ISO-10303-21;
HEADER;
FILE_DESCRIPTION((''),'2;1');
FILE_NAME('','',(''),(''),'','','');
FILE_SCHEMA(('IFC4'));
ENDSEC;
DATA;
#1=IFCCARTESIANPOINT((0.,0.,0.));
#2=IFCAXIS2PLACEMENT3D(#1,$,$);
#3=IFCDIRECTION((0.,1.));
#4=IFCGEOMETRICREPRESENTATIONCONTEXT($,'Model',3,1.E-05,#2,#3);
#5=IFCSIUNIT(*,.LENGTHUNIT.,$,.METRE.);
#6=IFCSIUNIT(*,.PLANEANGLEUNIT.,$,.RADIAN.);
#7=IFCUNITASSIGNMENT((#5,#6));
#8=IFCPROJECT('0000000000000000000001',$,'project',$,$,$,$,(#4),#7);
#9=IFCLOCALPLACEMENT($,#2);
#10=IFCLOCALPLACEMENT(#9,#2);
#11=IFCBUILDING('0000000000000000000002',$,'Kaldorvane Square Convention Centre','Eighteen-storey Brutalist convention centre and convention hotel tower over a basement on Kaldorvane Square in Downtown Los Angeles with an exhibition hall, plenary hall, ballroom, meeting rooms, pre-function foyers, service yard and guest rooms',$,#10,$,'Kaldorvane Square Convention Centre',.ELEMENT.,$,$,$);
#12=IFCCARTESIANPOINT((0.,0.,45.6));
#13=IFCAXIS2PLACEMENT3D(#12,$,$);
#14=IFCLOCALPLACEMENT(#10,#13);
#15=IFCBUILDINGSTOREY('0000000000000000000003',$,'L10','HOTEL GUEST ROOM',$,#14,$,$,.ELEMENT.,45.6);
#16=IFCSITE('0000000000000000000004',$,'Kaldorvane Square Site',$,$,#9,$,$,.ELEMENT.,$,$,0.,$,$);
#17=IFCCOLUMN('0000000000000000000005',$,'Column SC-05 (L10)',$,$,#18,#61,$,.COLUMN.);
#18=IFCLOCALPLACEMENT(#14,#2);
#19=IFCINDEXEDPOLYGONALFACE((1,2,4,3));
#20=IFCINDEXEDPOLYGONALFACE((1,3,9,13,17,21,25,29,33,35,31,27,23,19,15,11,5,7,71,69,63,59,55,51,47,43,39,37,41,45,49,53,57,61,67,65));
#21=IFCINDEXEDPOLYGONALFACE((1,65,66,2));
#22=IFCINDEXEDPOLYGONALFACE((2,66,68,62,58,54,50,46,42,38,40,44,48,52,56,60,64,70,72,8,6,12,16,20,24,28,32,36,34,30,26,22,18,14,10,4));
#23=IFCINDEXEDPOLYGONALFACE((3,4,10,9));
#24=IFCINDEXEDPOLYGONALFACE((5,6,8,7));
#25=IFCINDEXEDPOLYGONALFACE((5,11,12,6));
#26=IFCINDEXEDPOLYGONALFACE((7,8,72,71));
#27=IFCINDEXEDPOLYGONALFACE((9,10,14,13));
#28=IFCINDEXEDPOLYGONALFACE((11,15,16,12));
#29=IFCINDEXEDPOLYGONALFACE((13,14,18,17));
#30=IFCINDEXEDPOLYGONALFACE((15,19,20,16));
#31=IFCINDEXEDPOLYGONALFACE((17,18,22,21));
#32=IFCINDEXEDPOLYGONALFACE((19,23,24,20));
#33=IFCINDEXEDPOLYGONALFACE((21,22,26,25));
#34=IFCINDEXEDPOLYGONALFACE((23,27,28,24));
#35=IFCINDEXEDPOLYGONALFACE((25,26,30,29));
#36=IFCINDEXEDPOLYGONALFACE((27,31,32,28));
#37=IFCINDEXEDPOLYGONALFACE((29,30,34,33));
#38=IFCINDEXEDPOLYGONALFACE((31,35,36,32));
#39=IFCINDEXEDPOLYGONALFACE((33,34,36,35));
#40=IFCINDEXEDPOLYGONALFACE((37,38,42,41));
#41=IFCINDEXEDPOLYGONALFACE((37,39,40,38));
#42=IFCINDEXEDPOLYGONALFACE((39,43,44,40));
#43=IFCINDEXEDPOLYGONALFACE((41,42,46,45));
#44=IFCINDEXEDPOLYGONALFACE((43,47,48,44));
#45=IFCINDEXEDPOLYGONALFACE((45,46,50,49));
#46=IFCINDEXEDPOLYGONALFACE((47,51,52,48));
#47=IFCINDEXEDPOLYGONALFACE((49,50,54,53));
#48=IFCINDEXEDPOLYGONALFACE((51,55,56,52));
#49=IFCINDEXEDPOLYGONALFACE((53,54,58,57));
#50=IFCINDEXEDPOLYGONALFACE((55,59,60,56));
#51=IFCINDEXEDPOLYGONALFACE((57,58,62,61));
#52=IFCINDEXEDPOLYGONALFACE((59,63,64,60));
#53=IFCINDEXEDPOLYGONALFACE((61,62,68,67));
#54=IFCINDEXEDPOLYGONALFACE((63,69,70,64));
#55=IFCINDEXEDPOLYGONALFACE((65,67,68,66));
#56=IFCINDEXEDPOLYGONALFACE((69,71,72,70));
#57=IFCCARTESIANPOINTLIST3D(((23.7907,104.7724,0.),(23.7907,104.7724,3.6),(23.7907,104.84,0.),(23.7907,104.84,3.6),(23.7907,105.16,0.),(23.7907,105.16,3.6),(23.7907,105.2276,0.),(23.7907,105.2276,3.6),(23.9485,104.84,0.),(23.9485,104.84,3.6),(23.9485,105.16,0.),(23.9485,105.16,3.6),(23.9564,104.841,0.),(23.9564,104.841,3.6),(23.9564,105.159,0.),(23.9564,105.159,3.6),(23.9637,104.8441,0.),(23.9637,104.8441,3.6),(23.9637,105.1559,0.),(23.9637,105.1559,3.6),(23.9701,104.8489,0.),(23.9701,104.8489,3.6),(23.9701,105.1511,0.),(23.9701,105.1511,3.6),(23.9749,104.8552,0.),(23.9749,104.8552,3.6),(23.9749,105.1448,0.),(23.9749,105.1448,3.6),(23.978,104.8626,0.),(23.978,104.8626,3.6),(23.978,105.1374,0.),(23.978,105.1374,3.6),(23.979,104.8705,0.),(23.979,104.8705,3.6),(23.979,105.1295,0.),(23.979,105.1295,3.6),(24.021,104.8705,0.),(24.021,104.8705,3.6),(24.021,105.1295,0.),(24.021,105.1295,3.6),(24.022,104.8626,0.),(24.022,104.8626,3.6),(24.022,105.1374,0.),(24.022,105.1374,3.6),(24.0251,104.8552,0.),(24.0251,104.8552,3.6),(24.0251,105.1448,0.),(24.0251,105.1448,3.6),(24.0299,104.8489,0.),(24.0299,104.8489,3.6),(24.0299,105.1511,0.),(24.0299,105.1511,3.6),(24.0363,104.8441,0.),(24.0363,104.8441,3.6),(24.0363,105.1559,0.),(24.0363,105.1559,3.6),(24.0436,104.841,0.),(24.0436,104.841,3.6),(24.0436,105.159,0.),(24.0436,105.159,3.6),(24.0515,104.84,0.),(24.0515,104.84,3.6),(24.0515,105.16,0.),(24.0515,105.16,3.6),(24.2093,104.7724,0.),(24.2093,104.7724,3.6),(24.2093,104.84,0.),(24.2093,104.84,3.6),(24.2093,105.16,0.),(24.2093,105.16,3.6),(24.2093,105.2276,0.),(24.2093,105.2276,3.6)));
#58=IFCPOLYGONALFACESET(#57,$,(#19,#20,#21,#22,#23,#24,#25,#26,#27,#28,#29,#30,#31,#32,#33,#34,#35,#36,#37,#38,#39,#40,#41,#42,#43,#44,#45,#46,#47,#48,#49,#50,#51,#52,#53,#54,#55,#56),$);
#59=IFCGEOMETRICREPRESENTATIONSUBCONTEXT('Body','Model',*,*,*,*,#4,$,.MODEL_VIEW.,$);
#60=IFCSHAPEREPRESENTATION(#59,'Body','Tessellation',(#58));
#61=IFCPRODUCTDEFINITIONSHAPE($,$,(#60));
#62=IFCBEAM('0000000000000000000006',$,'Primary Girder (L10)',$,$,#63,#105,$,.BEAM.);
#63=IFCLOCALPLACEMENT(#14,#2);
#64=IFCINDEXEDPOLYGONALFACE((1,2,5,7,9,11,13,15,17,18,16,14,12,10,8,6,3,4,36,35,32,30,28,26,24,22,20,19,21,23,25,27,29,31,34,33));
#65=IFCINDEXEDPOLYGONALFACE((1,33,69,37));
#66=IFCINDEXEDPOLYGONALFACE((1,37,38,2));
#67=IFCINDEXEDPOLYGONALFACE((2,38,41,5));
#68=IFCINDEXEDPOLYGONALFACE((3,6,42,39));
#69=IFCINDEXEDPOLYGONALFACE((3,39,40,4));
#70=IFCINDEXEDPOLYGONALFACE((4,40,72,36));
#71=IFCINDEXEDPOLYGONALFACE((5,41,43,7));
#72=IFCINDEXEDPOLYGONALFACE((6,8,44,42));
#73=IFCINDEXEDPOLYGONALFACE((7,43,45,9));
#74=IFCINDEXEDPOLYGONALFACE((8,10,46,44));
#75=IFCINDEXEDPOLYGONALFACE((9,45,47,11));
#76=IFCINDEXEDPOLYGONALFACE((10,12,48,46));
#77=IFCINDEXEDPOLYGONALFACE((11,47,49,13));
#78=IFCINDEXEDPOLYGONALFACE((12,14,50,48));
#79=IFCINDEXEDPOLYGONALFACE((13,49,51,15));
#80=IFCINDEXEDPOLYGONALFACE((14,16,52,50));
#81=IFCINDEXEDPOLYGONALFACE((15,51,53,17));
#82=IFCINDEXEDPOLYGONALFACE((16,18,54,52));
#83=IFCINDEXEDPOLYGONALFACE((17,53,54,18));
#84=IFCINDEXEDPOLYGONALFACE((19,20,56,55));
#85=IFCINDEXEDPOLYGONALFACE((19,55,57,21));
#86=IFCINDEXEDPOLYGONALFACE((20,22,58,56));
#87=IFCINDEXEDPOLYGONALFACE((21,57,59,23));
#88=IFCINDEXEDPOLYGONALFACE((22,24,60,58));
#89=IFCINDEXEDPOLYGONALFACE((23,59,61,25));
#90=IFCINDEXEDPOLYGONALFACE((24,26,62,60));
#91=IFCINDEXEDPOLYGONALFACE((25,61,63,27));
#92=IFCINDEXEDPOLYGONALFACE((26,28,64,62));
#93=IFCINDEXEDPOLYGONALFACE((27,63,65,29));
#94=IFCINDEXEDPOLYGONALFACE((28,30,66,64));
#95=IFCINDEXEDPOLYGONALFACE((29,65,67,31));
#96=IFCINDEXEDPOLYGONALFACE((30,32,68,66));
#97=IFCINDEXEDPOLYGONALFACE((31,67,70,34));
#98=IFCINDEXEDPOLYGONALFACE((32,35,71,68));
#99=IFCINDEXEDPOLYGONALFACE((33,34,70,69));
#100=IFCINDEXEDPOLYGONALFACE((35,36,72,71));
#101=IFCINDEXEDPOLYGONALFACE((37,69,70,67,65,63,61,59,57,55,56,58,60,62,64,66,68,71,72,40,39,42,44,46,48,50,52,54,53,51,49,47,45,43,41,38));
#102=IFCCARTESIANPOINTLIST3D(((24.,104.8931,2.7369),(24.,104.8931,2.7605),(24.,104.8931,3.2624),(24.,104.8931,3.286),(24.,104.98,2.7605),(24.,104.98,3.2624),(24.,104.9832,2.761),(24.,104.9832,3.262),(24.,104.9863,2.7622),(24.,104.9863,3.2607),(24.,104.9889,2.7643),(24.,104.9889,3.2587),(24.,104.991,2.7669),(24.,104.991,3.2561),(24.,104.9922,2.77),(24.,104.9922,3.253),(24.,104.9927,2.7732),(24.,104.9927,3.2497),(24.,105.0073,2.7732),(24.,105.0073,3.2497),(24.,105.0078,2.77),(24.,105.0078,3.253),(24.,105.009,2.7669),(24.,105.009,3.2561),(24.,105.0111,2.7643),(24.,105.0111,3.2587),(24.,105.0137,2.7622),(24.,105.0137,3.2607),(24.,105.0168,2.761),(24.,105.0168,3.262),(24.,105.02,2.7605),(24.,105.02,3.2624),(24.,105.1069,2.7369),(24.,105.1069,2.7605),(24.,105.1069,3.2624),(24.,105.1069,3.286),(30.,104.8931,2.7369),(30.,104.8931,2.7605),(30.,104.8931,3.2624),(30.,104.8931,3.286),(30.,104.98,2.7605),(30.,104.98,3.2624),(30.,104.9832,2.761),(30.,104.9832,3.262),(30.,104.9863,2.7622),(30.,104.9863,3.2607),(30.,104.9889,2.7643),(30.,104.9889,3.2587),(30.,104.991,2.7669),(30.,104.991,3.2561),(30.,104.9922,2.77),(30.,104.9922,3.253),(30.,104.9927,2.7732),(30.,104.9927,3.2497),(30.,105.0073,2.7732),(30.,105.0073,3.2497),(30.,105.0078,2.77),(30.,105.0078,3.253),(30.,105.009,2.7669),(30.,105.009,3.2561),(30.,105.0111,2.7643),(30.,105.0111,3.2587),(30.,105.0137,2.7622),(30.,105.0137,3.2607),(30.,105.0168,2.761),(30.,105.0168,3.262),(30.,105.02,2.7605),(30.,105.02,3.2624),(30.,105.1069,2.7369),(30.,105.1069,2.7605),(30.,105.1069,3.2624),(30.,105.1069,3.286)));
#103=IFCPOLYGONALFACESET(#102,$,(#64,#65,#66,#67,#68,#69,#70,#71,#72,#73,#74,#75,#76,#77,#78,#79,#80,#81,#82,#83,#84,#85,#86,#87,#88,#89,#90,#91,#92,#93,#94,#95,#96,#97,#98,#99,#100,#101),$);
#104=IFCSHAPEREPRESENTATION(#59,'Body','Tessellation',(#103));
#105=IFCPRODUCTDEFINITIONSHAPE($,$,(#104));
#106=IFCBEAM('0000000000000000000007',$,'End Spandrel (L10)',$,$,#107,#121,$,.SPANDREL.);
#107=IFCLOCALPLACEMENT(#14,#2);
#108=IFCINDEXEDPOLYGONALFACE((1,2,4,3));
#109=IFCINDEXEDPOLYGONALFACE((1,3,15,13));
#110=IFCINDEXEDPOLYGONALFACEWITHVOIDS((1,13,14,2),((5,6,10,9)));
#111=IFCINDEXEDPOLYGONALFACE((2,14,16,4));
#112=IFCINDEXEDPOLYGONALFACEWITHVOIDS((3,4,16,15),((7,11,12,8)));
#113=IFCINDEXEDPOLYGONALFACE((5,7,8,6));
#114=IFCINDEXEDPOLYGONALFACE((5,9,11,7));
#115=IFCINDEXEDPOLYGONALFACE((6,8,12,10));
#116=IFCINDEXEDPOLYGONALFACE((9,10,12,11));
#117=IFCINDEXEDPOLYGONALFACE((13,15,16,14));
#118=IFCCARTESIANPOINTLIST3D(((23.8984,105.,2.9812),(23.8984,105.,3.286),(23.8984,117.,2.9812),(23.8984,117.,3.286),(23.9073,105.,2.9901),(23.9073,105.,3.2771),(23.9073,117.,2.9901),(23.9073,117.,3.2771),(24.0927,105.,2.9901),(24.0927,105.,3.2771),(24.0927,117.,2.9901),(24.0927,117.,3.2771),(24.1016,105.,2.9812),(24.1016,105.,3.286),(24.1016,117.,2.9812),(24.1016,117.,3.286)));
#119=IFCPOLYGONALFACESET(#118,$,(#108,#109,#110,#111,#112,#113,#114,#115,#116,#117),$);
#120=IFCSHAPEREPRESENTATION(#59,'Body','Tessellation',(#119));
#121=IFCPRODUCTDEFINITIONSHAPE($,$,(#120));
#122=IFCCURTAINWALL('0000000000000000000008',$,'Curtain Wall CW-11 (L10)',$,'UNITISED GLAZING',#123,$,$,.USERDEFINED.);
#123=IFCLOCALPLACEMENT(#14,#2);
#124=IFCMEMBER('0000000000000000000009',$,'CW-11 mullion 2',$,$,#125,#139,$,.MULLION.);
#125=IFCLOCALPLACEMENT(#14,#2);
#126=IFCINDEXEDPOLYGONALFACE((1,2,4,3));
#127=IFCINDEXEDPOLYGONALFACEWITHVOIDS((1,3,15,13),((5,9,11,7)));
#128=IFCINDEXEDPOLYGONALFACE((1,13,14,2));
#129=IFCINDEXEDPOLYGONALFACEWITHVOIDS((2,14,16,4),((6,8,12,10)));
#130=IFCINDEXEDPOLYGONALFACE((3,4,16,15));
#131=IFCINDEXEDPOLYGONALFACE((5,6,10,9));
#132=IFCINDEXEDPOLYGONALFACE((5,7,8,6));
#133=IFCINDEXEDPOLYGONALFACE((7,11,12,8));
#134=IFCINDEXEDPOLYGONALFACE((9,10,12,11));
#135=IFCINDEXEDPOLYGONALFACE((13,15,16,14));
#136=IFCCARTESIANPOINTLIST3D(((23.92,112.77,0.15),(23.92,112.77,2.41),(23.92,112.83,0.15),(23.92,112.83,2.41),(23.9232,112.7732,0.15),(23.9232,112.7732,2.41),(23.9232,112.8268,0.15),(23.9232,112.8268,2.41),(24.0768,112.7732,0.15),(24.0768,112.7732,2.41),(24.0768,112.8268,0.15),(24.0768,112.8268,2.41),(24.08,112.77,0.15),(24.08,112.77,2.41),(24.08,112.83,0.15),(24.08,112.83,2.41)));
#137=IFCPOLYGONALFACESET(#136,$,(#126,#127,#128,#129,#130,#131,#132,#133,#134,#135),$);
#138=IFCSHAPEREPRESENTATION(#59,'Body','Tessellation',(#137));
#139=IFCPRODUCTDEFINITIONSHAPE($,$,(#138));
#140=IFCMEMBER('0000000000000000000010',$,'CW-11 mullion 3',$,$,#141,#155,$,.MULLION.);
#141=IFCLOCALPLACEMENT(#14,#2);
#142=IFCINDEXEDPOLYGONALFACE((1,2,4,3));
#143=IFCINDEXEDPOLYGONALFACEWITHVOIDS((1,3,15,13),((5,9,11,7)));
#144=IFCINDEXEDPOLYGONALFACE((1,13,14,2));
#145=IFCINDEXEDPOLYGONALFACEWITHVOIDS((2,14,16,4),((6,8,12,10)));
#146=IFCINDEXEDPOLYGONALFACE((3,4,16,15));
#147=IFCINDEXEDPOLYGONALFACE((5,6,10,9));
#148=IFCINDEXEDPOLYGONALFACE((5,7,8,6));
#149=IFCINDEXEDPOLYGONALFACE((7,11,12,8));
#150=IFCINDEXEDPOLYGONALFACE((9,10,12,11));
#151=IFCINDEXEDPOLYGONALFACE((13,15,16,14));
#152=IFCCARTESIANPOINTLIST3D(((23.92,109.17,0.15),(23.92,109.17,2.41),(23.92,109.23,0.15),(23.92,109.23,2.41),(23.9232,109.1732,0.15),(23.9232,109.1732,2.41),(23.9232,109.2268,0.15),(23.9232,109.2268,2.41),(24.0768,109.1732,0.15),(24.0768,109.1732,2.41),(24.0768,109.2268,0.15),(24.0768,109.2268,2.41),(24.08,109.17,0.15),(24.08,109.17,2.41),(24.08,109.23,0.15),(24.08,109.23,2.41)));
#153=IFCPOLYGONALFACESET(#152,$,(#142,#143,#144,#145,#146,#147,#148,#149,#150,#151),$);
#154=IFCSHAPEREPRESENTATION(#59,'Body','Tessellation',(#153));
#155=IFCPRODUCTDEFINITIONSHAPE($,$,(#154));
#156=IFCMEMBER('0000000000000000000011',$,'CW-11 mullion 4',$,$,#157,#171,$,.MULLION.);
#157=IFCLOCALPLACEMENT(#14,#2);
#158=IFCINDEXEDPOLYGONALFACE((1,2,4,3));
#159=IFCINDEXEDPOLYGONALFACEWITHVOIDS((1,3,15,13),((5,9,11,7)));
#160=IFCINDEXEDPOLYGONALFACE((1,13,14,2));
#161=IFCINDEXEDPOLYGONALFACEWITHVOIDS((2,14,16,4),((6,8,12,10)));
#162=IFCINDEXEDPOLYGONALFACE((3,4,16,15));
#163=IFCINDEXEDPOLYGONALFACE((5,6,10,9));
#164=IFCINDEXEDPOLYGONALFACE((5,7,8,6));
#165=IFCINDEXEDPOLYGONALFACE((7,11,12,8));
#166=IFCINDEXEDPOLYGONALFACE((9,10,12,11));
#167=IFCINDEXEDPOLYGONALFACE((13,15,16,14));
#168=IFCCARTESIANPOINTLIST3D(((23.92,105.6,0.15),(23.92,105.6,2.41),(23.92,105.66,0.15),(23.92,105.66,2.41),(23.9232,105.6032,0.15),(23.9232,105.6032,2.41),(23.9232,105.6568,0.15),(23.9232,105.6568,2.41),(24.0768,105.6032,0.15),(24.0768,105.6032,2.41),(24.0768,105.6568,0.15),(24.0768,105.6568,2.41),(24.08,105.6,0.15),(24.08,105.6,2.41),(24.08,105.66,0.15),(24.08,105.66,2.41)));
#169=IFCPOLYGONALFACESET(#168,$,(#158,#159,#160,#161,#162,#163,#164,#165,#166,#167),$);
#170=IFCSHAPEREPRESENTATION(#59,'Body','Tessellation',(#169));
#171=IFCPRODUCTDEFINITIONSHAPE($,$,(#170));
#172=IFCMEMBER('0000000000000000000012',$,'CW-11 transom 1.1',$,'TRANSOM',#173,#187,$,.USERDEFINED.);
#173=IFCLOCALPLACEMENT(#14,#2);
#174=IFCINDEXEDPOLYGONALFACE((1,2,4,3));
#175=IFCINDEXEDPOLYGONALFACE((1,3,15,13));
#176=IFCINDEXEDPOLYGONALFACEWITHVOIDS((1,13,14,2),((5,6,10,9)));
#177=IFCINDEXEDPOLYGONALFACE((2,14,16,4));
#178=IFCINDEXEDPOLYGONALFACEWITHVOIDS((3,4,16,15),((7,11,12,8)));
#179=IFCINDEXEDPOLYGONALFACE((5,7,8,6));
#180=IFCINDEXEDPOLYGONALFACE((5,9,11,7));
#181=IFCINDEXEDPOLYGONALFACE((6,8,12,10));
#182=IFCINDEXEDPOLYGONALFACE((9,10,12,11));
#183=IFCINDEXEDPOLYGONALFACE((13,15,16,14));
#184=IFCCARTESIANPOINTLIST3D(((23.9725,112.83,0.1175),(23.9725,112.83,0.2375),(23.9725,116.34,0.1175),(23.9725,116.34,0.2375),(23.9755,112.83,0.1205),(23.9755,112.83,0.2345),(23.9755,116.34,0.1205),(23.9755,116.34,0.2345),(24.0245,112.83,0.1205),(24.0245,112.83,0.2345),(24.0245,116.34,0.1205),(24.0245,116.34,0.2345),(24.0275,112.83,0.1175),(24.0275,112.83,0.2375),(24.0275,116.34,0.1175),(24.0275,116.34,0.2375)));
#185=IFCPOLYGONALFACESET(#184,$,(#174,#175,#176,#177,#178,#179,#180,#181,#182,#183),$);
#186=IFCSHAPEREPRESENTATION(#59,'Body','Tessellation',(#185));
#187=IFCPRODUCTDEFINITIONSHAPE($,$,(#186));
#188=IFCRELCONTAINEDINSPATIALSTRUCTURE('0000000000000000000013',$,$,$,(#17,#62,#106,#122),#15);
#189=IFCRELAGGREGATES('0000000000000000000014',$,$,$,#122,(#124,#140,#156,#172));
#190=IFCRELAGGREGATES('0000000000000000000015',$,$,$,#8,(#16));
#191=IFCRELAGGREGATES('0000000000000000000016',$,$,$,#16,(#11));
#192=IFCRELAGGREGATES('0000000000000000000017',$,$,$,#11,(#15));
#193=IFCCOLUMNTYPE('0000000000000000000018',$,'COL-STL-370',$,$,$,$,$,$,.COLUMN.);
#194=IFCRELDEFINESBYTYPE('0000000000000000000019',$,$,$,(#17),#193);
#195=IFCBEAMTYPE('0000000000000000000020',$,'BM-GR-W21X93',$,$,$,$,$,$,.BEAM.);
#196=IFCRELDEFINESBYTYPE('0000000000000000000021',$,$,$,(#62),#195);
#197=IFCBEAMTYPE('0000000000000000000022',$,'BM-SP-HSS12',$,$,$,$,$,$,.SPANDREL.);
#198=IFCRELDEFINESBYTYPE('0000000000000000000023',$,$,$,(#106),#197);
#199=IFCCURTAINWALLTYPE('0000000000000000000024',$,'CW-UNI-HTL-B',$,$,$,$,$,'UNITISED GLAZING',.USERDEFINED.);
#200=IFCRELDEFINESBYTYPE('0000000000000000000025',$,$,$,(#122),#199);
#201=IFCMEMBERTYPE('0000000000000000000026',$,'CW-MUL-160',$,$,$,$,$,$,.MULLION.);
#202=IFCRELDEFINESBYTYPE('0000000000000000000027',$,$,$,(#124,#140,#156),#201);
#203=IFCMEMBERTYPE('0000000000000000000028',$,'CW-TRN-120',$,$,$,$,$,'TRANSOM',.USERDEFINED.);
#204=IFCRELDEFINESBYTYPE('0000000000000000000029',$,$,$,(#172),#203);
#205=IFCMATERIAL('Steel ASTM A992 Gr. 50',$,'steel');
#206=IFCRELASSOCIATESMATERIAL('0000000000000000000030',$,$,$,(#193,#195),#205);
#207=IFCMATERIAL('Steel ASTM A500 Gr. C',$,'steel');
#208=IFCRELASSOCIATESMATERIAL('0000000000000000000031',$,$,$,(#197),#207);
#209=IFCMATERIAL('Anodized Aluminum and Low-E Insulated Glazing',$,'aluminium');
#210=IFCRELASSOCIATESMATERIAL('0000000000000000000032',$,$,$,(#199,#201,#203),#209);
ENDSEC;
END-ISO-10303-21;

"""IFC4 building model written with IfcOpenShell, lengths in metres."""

from ifc_helpers import new_model, si_unit, direction, frame, origin, origin_2d, place, context, subcontext, project, spatial, hollow_rectangle, i_section, extrude, material, material_profile, profile_set, type_object, element, aggregate, save


model = new_model("IFC4")

# Units and contexts
model_context = context("Model", 3, precision=1e-05, world=origin(), true_north=direction((0.0, 1.0)))
body_context = subcontext(model_context, "Body", "Model", "MODEL_VIEW")
ifc_project = project(units=[si_unit("LENGTHUNIT", "METRE"), si_unit("PLANEANGLEUNIT", "RADIAN")], contexts=[model_context])

# Site, building, storey
site_placement = place(None, origin())
site = spatial("IfcSite", under=ifc_project, at=site_placement, Name="Kaldorvane Square Site", CompositionType="ELEMENT", RefElevation=0.0)
building_placement = place(site_placement, origin())
building = spatial("IfcBuilding", under=site, at=building_placement, Name="Kaldorvane Square Convention Centre", Description="Eighteen-storey Brutalist convention centre and convention hotel tower over a basement on Kaldorvane Square in Downtown Los Angeles with an exhibition hall, plenary hall, ballroom, meeting rooms, pre-function foyers, service yard and guest rooms", LongName="Kaldorvane Square Convention Centre", CompositionType="ELEMENT")
storey_placement = place(building_placement, frame((0.0, 0.0, 45.6)))
storey = spatial("IfcBuildingStorey", under=building, at=storey_placement, Name="L10", Description="HOTEL GUEST ROOM", CompositionType="ELEMENT", Elevation=45.6)

# Column
ifc_material_1 = material(Name="Steel ASTM A992 Gr. 50", Category="steel")
ifc_material_profile_1 = material_profile(ifc_material_1, i_section(OverallWidth=0.4185, OverallDepth=0.4552, WebThickness=0.042, FlangeThickness=0.0676, FilletRadius=0.0305, at=origin_2d()), Name="W14X370")
ifc_profile_set_1 = profile_set([ifc_material_profile_1], Name="Steel ASTM A992 Gr. 50")
column_type = type_object("IfcColumnType", Name="COL-STL-370", PredefinedType="COLUMN", material=ifc_profile_set_1)
column_placement = place(storey_placement, frame((24.0, 105.0, 0.0), z_axis=(0.0, 0.0, 1.0), x_axis=(1.0, 0.0, 0.0)))
element("IfcColumn", 1, at=column_placement, inside=storey, type_object=column_type, Name="Column SC-05 (L10)", PredefinedType="COLUMN", context=body_context, shape_type="SweptSolid", body=[
    extrude(i_section(OverallWidth=0.4185, OverallDepth=0.4552, WebThickness=0.042, FlangeThickness=0.0676, FilletRadius=0.0305, at=origin_2d()), origin(), (0.0, 0.0, 1.0), 3.6),
])

# Beams
ifc_material_profile_2 = material_profile(ifc_material_1, i_section(OverallWidth=0.2139, OverallDepth=0.5491, WebThickness=0.0147, FlangeThickness=0.0236, FilletRadius=0.0127, at=origin_2d()), Name="W21X93")
ifc_profile_set_2 = profile_set([ifc_material_profile_2], Name="Steel ASTM A992 Gr. 50")
beam_type_1 = type_object("IfcBeamType", Name="BM-GR-W21X93", PredefinedType="BEAM", material=ifc_profile_set_2)
beam_1_placement = place(storey_placement, frame((24.0, 105.0, 3.0115), z_axis=(1.0, 0.0, 0.0), x_axis=(0.0, 1.0, 0.0)))
element("IfcBeam", 2, at=beam_1_placement, inside=storey, type_object=beam_type_1, Name="Primary Girder (L10)", PredefinedType="BEAM", context=body_context, shape_type="SweptSolid", body=[
    extrude(i_section(OverallWidth=0.2139, OverallDepth=0.5491, WebThickness=0.0147, FlangeThickness=0.0236, FilletRadius=0.0127, at=origin_2d()), origin(), (0.0, 0.0, 1.0), 6.0),
])
ifc_material_2 = material(Name="Steel ASTM A500 Gr. C", Category="steel")
ifc_material_profile_3 = material_profile(ifc_material_2, hollow_rectangle(XDim=0.2032, YDim=0.3048, WallThickness=0.0089, at=origin_2d()), Name="HSS12X8X3/8")
ifc_profile_set_3 = profile_set([ifc_material_profile_3], Name="Steel ASTM A500 Gr. C")
beam_type_2 = type_object("IfcBeamType", Name="BM-SP-HSS12", PredefinedType="SPANDREL", material=ifc_profile_set_3)
beam_2_placement = place(storey_placement, frame((24.0, 105.0, 3.1336), z_axis=(0.0, 1.0, 0.0), x_axis=(-1.0, 0.0, 0.0)))
element("IfcBeam", 3, at=beam_2_placement, inside=storey, type_object=beam_type_2, Name="End Spandrel (L10)", PredefinedType="SPANDREL", context=body_context, shape_type="SweptSolid", body=[
    extrude(hollow_rectangle(XDim=0.2032, YDim=0.3048, WallThickness=0.0089, at=origin_2d()), origin(), (0.0, 0.0, 1.0), 12.0),
])

# Curtain wall, members
ifc_material_3 = material(Name="Anodized Aluminum and Low-E Insulated Glazing", Category="aluminium")
curtain_wall_type = type_object("IfcCurtainWallType", Name="CW-UNI-HTL-B", ElementType="UNITISED GLAZING", PredefinedType="USERDEFINED", material=ifc_material_3)
curtain_wall_placement = place(storey_placement, origin())
curtain_wall = element("IfcCurtainWall", 4, at=curtain_wall_placement, inside=storey, type_object=curtain_wall_type, Name="Curtain Wall CW-11 (L10)", ObjectType="UNITISED GLAZING", PredefinedType="USERDEFINED")
ifc_material_profile_4 = material_profile(ifc_material_3, hollow_rectangle(XDim=0.06, YDim=0.16, WallThickness=0.0032, at=origin_2d()), Name="CWM-160X60")
ifc_profile_set_4 = profile_set([ifc_material_profile_4], Name="Anodized Aluminum and Low-E Insulated Glazing")
member_type_1 = type_object("IfcMemberType", Name="CW-MUL-160", PredefinedType="MULLION", material=ifc_profile_set_4)
member_1_placement = place(storey_placement, frame((24.0, 112.8, 0.15), z_axis=(0.0, 0.0, 1.0), x_axis=(0.0, -1.0, 0.0)))
member_1 = element("IfcMember", 5, at=member_1_placement, type_object=member_type_1, Name="CW-11 mullion 2", PredefinedType="MULLION", context=body_context, shape_type="SweptSolid", body=[
    extrude(hollow_rectangle(XDim=0.06, YDim=0.16, WallThickness=0.0032, at=origin_2d()), origin(), (0.0, 0.0, 1.0), 2.26),
])
member_2_placement = place(storey_placement, frame((24.0, 109.2, 0.15), z_axis=(0.0, 0.0, 1.0), x_axis=(0.0, -1.0, 0.0)))
member_2 = element("IfcMember", 6, at=member_2_placement, type_object=member_type_1, Name="CW-11 mullion 3", PredefinedType="MULLION", context=body_context, shape_type="SweptSolid", body=[
    extrude(hollow_rectangle(XDim=0.06, YDim=0.16, WallThickness=0.0032, at=origin_2d()), origin(), (0.0, 0.0, 1.0), 2.26),
])
member_3_placement = place(storey_placement, frame((24.0, 105.63, 0.15), z_axis=(0.0, 0.0, 1.0), x_axis=(0.0, -1.0, 0.0)))
member_3 = element("IfcMember", 7, at=member_3_placement, type_object=member_type_1, Name="CW-11 mullion 4", PredefinedType="MULLION", context=body_context, shape_type="SweptSolid", body=[
    extrude(hollow_rectangle(XDim=0.06, YDim=0.16, WallThickness=0.0032, at=origin_2d()), origin(), (0.0, 0.0, 1.0), 2.26),
])
ifc_material_profile_5 = material_profile(ifc_material_3, hollow_rectangle(XDim=0.055, YDim=0.12, WallThickness=0.003, at=origin_2d()), Name="CWT-120X55")
ifc_profile_set_5 = profile_set([ifc_material_profile_5], Name="Anodized Aluminum and Low-E Insulated Glazing")
member_type_2 = type_object("IfcMemberType", Name="CW-TRN-120", ElementType="TRANSOM", PredefinedType="USERDEFINED", material=ifc_profile_set_5)
member_4_placement = place(storey_placement, frame((24.0, 116.34, 0.1775), z_axis=(0.0, -1.0, 0.0), x_axis=(1.0, 0.0, 0.0)))
member_4 = element("IfcMember", 8, at=member_4_placement, type_object=member_type_2, Name="CW-11 transom 1.1", ObjectType="TRANSOM", PredefinedType="USERDEFINED", context=body_context, shape_type="SweptSolid", body=[
    extrude(hollow_rectangle(XDim=0.055, YDim=0.12, WallThickness=0.003, at=origin_2d()), origin(), (0.0, 0.0, 1.0), 3.51),
])
aggregate(curtain_wall, [member_1, member_2, member_3, member_4])

save(model, "model.ifc")
